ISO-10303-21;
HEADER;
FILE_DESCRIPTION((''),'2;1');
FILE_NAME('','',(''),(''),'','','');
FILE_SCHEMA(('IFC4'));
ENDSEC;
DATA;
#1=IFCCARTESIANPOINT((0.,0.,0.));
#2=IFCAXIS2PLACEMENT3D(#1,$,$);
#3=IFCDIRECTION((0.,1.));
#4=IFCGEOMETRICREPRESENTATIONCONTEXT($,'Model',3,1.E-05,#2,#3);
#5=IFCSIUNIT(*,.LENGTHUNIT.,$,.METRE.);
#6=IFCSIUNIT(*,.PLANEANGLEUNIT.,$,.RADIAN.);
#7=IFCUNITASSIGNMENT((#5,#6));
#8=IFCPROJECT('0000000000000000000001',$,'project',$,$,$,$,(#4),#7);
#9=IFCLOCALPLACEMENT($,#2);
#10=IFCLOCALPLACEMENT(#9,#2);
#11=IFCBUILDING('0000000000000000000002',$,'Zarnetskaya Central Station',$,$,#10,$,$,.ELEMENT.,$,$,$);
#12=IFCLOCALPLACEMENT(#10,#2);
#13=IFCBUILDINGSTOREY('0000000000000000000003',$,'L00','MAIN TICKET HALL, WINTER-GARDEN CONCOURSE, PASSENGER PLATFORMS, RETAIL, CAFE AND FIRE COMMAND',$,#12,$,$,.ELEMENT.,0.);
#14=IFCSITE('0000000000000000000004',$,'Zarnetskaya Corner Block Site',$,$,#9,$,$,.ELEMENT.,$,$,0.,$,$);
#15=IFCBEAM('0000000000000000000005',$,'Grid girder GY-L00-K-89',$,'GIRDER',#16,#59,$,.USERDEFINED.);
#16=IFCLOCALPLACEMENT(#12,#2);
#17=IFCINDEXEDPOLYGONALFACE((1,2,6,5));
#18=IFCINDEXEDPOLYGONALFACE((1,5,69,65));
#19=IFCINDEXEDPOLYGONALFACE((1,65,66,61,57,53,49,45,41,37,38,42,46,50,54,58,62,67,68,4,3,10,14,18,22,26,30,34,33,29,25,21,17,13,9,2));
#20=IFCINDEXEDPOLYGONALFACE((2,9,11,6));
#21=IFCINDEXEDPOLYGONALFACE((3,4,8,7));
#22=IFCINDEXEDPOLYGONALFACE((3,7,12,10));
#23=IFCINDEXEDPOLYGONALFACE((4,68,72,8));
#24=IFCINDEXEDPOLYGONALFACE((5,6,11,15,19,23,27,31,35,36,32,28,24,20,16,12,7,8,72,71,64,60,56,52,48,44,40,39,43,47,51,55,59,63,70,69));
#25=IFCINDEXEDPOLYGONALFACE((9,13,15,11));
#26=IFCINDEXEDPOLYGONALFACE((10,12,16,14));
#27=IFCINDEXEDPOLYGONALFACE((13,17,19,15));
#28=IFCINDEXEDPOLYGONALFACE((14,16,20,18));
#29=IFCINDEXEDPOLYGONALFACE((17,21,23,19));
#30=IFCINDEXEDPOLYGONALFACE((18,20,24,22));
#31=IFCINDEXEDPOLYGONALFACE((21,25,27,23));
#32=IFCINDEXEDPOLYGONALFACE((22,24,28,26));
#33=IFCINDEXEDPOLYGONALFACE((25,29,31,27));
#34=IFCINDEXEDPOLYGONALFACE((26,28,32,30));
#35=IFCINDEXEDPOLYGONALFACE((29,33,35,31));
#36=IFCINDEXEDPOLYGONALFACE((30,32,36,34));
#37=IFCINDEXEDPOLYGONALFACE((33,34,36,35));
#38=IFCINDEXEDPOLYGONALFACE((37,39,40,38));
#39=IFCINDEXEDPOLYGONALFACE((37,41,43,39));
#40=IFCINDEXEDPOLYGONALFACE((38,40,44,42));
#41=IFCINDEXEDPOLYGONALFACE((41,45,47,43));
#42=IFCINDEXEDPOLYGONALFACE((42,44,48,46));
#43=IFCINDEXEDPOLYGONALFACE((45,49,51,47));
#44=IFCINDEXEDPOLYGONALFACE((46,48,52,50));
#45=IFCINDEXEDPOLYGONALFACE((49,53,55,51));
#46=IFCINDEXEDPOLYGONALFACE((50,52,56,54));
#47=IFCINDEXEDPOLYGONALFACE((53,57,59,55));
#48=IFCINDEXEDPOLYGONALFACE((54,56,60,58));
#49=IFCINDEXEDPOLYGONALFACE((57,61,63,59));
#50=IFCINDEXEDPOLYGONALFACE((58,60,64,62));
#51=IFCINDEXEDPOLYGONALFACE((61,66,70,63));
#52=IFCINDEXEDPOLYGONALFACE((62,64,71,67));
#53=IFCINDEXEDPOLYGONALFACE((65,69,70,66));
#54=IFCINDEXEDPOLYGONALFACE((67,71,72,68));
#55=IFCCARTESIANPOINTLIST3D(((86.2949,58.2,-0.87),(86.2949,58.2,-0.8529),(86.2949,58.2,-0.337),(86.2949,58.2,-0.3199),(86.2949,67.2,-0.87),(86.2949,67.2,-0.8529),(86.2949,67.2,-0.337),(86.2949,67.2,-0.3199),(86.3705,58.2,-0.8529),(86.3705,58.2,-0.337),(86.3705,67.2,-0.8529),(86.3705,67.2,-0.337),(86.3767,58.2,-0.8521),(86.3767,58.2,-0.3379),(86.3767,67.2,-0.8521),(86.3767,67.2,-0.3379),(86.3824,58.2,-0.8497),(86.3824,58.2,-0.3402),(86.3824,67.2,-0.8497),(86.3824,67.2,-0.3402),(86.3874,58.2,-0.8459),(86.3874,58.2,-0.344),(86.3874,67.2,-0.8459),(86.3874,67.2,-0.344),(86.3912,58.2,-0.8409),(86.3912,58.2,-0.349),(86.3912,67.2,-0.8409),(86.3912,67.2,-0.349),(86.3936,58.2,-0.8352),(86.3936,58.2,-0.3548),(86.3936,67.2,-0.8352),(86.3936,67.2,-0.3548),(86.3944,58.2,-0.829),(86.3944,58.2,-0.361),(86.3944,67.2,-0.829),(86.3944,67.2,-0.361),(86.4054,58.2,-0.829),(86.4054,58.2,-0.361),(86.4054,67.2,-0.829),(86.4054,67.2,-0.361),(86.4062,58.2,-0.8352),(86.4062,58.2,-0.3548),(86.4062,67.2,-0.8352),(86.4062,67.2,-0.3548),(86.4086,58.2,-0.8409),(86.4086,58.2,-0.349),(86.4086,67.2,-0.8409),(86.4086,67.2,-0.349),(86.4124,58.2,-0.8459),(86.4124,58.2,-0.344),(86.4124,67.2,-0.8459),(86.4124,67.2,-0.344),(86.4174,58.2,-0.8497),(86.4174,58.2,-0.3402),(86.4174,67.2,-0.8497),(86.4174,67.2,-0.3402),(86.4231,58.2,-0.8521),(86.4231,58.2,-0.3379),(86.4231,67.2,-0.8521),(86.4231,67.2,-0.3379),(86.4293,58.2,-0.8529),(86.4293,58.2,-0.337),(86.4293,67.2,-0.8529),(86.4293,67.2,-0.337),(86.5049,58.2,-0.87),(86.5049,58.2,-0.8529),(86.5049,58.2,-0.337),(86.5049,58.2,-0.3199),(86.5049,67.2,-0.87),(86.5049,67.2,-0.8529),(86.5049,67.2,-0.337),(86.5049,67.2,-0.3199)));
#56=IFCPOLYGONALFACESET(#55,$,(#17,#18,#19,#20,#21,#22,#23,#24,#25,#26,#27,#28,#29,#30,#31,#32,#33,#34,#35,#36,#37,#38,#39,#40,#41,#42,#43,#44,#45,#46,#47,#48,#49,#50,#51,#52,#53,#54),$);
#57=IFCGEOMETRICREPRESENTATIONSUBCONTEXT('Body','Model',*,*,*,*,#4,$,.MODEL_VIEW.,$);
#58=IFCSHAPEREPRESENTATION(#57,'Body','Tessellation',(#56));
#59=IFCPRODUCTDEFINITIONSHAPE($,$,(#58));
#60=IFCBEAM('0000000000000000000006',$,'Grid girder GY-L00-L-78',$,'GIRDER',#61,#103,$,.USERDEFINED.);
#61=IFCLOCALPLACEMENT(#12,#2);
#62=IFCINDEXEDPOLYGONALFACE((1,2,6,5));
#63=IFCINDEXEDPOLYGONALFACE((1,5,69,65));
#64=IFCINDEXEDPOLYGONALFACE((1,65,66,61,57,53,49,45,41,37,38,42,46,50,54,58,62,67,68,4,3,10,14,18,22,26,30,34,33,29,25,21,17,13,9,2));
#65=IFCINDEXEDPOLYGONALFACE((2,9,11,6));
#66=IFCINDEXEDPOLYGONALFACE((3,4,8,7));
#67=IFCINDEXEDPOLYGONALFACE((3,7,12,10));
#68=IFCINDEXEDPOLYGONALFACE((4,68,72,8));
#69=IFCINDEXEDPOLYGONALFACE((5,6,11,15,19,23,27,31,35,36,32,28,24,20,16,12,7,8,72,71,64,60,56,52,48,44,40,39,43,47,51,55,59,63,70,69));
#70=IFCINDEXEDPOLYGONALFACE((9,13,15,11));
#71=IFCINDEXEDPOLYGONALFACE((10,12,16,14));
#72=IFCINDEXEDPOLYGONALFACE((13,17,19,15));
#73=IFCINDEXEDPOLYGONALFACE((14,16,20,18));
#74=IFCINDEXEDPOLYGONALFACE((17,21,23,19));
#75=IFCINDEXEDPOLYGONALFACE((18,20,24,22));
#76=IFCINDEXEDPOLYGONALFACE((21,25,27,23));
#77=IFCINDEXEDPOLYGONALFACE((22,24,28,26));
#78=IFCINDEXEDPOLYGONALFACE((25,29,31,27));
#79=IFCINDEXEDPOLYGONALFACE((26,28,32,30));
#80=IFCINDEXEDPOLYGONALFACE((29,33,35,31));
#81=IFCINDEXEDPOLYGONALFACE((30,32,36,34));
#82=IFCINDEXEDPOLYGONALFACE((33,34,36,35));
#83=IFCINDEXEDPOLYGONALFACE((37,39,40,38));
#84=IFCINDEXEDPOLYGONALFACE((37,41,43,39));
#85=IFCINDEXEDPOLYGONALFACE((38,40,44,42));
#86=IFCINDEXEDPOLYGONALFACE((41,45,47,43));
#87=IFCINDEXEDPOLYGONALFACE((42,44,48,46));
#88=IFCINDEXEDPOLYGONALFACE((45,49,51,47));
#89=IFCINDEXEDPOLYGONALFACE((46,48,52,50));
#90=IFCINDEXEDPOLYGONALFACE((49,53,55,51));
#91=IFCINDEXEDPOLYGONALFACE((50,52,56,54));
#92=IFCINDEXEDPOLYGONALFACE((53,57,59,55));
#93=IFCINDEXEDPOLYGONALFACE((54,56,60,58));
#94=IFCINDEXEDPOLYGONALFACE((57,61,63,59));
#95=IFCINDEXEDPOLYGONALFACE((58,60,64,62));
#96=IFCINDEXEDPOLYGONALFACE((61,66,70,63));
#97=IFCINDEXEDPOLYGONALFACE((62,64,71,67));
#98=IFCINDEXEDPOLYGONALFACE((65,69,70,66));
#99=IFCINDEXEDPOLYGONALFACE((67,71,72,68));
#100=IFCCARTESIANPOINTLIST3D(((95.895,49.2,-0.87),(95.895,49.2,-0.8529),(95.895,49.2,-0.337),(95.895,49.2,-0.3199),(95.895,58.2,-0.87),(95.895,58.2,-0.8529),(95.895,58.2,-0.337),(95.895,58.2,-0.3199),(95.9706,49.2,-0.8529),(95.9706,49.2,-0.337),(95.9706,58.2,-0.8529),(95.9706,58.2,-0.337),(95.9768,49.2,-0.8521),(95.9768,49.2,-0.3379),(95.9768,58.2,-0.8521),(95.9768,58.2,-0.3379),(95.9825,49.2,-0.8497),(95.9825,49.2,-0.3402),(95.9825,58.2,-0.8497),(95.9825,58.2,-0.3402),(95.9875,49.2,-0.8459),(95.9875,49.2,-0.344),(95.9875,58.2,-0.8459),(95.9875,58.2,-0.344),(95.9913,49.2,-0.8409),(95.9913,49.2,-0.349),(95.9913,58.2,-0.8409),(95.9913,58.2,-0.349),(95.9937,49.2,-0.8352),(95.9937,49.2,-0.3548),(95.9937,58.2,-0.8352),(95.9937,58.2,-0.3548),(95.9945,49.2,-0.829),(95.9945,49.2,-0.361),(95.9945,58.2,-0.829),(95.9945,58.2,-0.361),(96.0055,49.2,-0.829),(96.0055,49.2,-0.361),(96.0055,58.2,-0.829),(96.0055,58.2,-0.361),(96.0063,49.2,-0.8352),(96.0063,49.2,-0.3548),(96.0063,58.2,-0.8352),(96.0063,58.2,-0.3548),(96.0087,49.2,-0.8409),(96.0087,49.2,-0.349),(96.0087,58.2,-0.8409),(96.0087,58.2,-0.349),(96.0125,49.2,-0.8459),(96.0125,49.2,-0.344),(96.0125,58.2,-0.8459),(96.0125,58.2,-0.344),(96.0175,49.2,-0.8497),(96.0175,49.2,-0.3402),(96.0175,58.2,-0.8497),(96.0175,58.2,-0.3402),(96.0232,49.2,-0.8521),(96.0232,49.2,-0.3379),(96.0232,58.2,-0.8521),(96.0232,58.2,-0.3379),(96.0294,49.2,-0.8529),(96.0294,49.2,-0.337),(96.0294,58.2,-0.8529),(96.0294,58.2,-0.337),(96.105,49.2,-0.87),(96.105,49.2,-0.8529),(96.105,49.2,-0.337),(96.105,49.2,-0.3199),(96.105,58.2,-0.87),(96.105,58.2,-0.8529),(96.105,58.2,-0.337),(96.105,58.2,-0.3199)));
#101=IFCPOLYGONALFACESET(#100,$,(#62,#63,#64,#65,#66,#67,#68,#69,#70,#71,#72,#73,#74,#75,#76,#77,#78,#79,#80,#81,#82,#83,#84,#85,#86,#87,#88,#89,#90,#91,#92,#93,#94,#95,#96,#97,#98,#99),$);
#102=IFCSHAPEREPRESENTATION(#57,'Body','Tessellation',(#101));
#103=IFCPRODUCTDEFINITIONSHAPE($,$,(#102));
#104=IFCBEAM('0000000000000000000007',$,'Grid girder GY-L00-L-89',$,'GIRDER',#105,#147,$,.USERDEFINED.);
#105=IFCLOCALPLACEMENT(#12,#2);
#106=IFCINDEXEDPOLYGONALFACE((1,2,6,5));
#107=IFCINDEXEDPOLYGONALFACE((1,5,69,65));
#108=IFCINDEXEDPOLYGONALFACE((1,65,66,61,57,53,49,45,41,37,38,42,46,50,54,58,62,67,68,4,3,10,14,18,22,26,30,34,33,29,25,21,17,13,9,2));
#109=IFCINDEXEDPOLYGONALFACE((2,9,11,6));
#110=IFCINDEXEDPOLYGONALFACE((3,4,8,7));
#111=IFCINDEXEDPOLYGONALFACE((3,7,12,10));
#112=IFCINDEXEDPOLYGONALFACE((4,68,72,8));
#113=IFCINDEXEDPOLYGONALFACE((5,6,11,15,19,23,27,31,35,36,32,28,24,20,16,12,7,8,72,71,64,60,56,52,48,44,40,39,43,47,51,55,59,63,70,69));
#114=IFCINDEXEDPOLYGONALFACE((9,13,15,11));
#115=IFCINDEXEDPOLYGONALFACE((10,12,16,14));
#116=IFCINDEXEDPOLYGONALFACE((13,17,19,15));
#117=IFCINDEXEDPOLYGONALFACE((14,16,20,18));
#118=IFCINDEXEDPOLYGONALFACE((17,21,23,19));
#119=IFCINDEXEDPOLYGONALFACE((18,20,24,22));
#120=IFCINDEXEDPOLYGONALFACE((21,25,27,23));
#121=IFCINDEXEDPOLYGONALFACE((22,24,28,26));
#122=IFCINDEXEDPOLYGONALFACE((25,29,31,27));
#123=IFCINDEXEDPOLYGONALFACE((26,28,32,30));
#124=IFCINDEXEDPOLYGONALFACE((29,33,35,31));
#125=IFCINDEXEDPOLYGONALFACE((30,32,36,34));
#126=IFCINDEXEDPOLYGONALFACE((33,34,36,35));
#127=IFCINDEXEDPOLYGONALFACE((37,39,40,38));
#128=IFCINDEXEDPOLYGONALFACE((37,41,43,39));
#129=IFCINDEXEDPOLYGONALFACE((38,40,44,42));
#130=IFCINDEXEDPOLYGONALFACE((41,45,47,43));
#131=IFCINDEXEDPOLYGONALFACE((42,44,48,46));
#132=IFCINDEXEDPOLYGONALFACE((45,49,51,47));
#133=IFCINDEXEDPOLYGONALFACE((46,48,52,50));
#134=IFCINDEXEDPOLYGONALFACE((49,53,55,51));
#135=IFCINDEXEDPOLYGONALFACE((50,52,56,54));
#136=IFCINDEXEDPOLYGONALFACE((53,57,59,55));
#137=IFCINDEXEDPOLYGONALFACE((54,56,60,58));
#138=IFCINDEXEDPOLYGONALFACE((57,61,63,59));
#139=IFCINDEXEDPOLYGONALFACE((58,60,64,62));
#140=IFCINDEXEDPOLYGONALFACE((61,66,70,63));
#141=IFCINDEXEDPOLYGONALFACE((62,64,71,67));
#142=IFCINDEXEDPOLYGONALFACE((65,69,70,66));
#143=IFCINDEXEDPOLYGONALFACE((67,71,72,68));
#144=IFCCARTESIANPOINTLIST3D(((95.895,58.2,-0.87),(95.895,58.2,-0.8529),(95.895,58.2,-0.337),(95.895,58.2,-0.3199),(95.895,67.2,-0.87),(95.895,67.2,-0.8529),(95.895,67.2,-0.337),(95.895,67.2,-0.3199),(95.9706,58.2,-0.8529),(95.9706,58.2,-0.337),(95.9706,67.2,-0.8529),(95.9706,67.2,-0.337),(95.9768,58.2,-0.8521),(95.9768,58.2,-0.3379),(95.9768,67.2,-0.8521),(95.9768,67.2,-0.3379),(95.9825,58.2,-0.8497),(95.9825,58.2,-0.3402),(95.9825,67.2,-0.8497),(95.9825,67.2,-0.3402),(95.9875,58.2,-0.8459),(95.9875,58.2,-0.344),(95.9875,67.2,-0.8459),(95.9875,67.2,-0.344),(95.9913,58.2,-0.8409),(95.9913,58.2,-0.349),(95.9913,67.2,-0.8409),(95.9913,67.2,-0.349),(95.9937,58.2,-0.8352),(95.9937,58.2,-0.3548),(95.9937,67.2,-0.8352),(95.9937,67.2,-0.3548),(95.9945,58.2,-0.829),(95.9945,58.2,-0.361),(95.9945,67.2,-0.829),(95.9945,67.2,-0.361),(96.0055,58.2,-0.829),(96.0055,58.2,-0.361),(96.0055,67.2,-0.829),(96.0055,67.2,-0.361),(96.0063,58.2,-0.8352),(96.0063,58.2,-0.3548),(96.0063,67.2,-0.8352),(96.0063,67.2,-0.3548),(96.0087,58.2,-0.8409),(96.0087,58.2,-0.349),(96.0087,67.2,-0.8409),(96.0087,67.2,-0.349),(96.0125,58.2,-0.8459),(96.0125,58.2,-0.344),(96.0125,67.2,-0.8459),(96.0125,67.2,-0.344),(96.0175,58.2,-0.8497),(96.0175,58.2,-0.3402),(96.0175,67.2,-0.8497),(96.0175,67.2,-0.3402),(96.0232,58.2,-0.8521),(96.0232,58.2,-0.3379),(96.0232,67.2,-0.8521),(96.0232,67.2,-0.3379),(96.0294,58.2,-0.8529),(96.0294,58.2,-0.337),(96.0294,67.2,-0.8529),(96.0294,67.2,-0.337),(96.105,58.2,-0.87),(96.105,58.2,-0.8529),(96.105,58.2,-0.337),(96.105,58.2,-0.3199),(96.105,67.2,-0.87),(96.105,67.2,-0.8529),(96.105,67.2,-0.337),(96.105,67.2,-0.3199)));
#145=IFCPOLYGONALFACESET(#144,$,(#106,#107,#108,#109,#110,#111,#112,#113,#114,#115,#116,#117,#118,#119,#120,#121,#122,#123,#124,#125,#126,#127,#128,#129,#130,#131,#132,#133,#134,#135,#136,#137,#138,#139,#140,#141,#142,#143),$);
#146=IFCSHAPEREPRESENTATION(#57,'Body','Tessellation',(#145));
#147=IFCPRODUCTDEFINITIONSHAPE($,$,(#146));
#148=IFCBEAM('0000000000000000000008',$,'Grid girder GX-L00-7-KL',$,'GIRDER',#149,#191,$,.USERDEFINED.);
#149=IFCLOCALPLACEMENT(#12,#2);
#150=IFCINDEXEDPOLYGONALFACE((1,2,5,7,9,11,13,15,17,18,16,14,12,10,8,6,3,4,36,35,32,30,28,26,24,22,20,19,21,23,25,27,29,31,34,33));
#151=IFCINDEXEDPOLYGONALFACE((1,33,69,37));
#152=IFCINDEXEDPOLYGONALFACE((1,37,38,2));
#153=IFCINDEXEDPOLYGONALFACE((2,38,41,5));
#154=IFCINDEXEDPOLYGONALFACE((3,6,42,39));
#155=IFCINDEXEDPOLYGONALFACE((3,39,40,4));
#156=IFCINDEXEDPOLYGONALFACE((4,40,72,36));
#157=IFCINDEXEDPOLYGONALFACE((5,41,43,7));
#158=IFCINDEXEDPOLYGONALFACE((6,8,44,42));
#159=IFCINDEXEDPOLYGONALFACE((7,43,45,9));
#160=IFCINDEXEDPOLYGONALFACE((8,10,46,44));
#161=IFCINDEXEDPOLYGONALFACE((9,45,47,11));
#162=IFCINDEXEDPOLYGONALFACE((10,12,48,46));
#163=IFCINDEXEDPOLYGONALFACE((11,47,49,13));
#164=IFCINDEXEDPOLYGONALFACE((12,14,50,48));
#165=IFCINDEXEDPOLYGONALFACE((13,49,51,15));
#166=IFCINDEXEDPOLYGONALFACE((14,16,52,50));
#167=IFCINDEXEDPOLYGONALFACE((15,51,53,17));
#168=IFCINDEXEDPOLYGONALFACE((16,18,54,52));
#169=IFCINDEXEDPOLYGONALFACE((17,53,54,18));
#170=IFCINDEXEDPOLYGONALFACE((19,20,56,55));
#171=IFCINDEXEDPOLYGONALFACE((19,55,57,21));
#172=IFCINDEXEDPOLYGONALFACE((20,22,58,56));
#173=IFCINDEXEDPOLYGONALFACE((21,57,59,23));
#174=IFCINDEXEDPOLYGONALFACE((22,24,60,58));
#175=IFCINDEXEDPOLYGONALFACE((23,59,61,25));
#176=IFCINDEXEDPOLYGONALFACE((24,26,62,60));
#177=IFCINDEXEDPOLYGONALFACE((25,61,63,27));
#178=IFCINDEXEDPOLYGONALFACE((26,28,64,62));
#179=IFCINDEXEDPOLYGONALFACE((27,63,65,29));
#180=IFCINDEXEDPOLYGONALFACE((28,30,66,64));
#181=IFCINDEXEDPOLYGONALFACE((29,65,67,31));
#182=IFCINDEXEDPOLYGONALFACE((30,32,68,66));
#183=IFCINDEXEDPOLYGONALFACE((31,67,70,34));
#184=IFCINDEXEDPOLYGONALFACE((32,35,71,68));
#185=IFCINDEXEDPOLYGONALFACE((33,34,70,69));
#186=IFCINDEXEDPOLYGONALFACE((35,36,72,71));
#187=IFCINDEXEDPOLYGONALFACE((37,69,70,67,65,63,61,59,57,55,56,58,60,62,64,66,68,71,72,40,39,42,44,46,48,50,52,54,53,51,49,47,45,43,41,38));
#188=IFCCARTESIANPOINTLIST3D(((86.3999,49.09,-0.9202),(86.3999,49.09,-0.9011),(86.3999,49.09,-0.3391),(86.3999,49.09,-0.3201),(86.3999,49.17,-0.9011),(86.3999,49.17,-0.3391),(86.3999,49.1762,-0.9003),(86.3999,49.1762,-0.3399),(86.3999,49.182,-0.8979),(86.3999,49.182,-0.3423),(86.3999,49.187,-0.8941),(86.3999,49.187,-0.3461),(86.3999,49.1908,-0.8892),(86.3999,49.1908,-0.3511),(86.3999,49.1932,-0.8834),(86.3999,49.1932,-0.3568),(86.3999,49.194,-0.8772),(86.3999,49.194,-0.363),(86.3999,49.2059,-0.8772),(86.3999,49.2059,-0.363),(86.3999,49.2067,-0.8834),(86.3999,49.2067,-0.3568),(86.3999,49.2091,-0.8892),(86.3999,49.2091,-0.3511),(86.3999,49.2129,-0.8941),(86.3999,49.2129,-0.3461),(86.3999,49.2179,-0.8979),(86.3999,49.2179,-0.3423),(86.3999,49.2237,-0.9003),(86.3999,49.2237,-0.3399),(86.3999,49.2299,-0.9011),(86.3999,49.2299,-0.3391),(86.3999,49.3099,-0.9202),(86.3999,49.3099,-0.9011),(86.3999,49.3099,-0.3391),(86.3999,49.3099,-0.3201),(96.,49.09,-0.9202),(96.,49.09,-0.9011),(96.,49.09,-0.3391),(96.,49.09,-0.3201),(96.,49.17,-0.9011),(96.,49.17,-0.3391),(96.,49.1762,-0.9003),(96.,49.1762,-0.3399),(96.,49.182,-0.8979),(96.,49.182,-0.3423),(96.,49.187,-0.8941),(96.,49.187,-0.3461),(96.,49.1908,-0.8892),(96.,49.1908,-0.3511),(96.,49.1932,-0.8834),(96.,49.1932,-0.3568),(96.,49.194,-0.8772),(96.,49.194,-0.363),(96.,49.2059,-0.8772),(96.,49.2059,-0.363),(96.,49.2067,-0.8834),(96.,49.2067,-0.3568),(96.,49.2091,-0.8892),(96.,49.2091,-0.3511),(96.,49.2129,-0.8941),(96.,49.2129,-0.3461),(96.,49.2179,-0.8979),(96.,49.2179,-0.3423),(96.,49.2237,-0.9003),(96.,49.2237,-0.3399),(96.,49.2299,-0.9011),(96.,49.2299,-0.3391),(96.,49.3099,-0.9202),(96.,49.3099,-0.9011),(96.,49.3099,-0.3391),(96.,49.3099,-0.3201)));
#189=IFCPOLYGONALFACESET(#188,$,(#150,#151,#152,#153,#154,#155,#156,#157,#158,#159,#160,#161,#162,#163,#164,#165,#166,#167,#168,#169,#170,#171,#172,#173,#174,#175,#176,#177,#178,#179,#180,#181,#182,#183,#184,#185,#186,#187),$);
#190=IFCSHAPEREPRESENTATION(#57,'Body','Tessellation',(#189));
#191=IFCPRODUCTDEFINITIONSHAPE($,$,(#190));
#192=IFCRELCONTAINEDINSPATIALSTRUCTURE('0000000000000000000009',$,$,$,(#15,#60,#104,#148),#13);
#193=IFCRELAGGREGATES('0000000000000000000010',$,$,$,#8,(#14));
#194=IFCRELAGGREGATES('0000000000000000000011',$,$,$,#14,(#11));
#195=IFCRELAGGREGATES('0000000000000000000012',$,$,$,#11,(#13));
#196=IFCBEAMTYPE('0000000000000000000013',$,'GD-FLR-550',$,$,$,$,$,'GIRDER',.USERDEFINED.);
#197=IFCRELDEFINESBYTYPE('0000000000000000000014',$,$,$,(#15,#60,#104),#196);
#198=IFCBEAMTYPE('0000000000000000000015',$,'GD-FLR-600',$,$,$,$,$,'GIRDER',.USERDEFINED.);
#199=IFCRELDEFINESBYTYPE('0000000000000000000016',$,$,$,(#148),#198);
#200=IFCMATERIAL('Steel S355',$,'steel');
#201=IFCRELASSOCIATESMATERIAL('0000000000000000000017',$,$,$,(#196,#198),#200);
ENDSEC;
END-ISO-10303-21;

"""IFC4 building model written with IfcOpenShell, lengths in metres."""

from ifc_helpers import new_model, si_unit, direction, frame, origin, origin_2d, place, context, subcontext, project, spatial, i_section, extrude, material, material_profile, profile_set, type_object, element, save


model = new_model("IFC4")

# Units and contexts
model_context = context("Model", 3, precision=1e-05, world=origin(), true_north=direction((0.0, 1.0)))
body_context = subcontext(model_context, "Body", "Model", "MODEL_VIEW")
ifc_project = project(units=[si_unit("LENGTHUNIT", "METRE"), si_unit("PLANEANGLEUNIT", "RADIAN")], contexts=[model_context])

# Site, building, storey
site_placement = place(None, origin())
site = spatial("IfcSite", under=ifc_project, at=site_placement, Name="Zarnetskaya Corner Block Site", CompositionType="ELEMENT", RefElevation=0.0)
building_placement = place(site_placement, origin())
building = spatial("IfcBuilding", under=site, at=building_placement, Name="Zarnetskaya Central Station", CompositionType="ELEMENT")
storey_placement = place(building_placement, origin())
storey = spatial("IfcBuildingStorey", under=building, at=storey_placement, Name="L00", Description="MAIN TICKET HALL, WINTER-GARDEN CONCOURSE, PASSENGER PLATFORMS, RETAIL, CAFE AND FIRE COMMAND", CompositionType="ELEMENT", Elevation=0.0)

# Shared definitions
ifc_material_1 = material(Name="Steel S355", Category="steel")

# Beams
ifc_material_profile_1 = material_profile(ifc_material_1, i_section(OverallWidth=0.21, OverallDepth=0.55, WebThickness=0.011, FlangeThickness=0.0171, FilletRadius=0.0239, at=origin_2d()), Name="IPE 550")
ifc_profile_set_1 = profile_set([ifc_material_profile_1], Name="Steel S355")
beam_type_1 = type_object("IfcBeamType", Name="GD-FLR-550", ElementType="GIRDER", PredefinedType="USERDEFINED", material=ifc_profile_set_1)
for number, where, z_axis, x_axis, name in (
    (1, (86.3999, 58.2, -0.595), (0.0, 1.0, 0.0), (-1.0, 0.0, 0.0), "Grid girder GY-L00-K-89"),
    (2, (96.0, 49.2, -0.595), (0.0, 1.0, 0.0), (-1.0, 0.0, 0.0), "Grid girder GY-L00-L-78"),
    (3, (96.0, 58.2, -0.595), (0.0, 1.0, 0.0), (-1.0, 0.0, 0.0), "Grid girder GY-L00-L-89"),
):
    element("IfcBeam", number, at=place(storey_placement, frame(where, z_axis=z_axis, x_axis=x_axis)), inside=storey, type_object=beam_type_1, Name=name, ObjectType="GIRDER", PredefinedType="USERDEFINED", context=body_context, shape_type="SweptSolid", body=[
        extrude(i_section(OverallWidth=0.21, OverallDepth=0.55, WebThickness=0.011, FlangeThickness=0.0171, FilletRadius=0.0239, at=origin_2d()), origin(), (0.0, 0.0, 1.0), 9.0),
    ])
ifc_material_profile_2 = material_profile(ifc_material_1, i_section(OverallWidth=0.22, OverallDepth=0.6001, WebThickness=0.012, FlangeThickness=0.019, FilletRadius=0.0239, at=origin_2d()), Name="IPE 600")
ifc_profile_set_2 = profile_set([ifc_material_profile_2], Name="Steel S355")
beam_type_2 = type_object("IfcBeamType", Name="GD-FLR-600", ElementType="GIRDER", PredefinedType="USERDEFINED", material=ifc_profile_set_2)
for number, where, z_axis, x_axis, name in (
    (4, (86.3999, 49.2, -0.6201), (1.0, 0.0, 0.0), (0.0, 1.0, 0.0), "Grid girder GX-L00-7-KL"),
):
    element("IfcBeam", number, at=place(storey_placement, frame(where, z_axis=z_axis, x_axis=x_axis)), inside=storey, type_object=beam_type_2, Name=name, ObjectType="GIRDER", PredefinedType="USERDEFINED", context=body_context, shape_type="SweptSolid", body=[
        extrude(i_section(OverallWidth=0.22, OverallDepth=0.6001, WebThickness=0.012, FlangeThickness=0.019, FilletRadius=0.0239, at=origin_2d()), origin(), (0.0, 0.0, 1.0), 9.6001),
    ])

save(model, "model.ifc")
